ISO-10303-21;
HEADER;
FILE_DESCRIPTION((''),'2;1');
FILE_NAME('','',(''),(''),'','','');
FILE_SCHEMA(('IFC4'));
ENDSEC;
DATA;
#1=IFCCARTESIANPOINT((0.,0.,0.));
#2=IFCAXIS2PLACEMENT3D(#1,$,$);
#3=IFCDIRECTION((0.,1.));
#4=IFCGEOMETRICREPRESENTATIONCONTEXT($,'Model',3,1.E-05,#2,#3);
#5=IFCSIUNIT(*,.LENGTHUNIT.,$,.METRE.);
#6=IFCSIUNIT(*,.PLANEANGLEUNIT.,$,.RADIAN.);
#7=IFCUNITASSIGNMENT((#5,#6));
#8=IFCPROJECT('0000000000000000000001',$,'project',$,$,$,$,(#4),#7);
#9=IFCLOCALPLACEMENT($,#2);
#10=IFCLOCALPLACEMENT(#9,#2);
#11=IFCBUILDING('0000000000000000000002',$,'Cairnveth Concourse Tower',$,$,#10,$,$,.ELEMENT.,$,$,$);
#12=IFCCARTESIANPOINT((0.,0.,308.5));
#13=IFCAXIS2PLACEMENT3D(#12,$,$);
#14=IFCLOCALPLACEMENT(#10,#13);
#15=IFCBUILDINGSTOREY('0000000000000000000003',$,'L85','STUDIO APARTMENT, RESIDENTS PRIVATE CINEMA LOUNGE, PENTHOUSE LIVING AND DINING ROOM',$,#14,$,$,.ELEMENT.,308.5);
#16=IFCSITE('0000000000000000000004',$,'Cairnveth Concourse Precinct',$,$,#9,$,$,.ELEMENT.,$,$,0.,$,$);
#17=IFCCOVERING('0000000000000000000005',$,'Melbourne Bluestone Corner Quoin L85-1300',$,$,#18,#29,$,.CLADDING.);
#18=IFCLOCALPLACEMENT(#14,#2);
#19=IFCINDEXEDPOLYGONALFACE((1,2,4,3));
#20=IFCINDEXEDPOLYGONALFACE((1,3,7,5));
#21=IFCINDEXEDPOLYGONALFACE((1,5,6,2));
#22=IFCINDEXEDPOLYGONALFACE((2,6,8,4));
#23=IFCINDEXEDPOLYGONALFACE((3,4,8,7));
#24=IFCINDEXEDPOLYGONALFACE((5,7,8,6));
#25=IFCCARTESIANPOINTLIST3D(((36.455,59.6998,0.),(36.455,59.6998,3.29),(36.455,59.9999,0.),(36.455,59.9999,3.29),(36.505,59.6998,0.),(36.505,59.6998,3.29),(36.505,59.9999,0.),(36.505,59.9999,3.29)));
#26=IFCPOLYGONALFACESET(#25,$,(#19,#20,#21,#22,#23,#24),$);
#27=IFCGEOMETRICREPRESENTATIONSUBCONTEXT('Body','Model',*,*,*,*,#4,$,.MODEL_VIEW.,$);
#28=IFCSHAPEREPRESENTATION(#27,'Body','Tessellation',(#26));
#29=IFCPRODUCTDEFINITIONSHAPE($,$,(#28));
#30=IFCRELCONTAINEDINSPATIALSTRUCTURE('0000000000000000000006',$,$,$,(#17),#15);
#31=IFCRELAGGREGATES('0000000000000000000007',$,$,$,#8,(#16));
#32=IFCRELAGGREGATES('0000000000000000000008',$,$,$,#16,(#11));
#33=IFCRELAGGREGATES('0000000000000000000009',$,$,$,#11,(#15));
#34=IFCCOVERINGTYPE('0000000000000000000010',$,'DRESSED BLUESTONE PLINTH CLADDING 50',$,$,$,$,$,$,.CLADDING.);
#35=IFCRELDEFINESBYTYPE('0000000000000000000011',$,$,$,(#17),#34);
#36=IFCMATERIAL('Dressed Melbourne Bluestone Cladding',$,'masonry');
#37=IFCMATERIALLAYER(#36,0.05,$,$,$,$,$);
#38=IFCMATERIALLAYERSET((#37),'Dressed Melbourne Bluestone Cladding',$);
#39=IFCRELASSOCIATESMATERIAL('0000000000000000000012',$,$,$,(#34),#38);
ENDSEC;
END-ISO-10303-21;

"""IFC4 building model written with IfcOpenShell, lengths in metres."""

from ifc_helpers import new_model, si_unit, direction, frame, frame_2d, origin, place, context, subcontext, project, spatial, rectangle, extrude, material, layer, layer_set, type_object, element, save


model = new_model("IFC4")

# Units and contexts
model_context = context("Model", 3, precision=1e-05, world=origin(), true_north=direction((0.0, 1.0)))
body_context = subcontext(model_context, "Body", "Model", "MODEL_VIEW")
ifc_project = project(units=[si_unit("LENGTHUNIT", "METRE"), si_unit("PLANEANGLEUNIT", "RADIAN")], contexts=[model_context])

# Site, building, storey
site_placement = place(None, origin())
site = spatial("IfcSite", under=ifc_project, at=site_placement, Name="Cairnveth Concourse Precinct", CompositionType="ELEMENT", RefElevation=0.0)
building_placement = place(site_placement, origin())
building = spatial("IfcBuilding", under=site, at=building_placement, Name="Cairnveth Concourse Tower", CompositionType="ELEMENT")
storey_placement = place(building_placement, frame((0.0, 0.0, 308.5)))
storey = spatial("IfcBuildingStorey", under=building, at=storey_placement, Name="L85", Description="STUDIO APARTMENT, RESIDENTS PRIVATE CINEMA LOUNGE, PENTHOUSE LIVING AND DINING ROOM", CompositionType="ELEMENT", Elevation=308.5)

# Covering
ifc_material_1 = material(Name="Dressed Melbourne Bluestone Cladding", Category="masonry")
ifc_layer_1 = layer(ifc_material_1, 0.05)
ifc_layer_set_1 = layer_set([ifc_layer_1], Name="Dressed Melbourne Bluestone Cladding")
covering_type = type_object("IfcCoveringType", Name="DRESSED BLUESTONE PLINTH CLADDING 50", PredefinedType="CLADDING", material=ifc_layer_set_1)
for number, where, z_axis, x_axis, name in (
    (1, (36.48, 59.7, 0.0), (0.0, 0.0, 1.0), (0.0, 1.0, 0.0), "Melbourne Bluestone Corner Quoin L85-1300"),
):
    element("IfcCovering", number, at=place(storey_placement, frame(where, z_axis=z_axis, x_axis=x_axis)), inside=storey, type_object=covering_type, Name=name, PredefinedType="CLADDING", context=body_context, shape_type="SweptSolid", body=[
        extrude(rectangle(XDim=0.3, YDim=0.05, at=frame_2d((0.1499, 0.0))), origin(), (0.0, 0.0, 1.0), 3.29),
    ])

save(model, "model.ifc")
